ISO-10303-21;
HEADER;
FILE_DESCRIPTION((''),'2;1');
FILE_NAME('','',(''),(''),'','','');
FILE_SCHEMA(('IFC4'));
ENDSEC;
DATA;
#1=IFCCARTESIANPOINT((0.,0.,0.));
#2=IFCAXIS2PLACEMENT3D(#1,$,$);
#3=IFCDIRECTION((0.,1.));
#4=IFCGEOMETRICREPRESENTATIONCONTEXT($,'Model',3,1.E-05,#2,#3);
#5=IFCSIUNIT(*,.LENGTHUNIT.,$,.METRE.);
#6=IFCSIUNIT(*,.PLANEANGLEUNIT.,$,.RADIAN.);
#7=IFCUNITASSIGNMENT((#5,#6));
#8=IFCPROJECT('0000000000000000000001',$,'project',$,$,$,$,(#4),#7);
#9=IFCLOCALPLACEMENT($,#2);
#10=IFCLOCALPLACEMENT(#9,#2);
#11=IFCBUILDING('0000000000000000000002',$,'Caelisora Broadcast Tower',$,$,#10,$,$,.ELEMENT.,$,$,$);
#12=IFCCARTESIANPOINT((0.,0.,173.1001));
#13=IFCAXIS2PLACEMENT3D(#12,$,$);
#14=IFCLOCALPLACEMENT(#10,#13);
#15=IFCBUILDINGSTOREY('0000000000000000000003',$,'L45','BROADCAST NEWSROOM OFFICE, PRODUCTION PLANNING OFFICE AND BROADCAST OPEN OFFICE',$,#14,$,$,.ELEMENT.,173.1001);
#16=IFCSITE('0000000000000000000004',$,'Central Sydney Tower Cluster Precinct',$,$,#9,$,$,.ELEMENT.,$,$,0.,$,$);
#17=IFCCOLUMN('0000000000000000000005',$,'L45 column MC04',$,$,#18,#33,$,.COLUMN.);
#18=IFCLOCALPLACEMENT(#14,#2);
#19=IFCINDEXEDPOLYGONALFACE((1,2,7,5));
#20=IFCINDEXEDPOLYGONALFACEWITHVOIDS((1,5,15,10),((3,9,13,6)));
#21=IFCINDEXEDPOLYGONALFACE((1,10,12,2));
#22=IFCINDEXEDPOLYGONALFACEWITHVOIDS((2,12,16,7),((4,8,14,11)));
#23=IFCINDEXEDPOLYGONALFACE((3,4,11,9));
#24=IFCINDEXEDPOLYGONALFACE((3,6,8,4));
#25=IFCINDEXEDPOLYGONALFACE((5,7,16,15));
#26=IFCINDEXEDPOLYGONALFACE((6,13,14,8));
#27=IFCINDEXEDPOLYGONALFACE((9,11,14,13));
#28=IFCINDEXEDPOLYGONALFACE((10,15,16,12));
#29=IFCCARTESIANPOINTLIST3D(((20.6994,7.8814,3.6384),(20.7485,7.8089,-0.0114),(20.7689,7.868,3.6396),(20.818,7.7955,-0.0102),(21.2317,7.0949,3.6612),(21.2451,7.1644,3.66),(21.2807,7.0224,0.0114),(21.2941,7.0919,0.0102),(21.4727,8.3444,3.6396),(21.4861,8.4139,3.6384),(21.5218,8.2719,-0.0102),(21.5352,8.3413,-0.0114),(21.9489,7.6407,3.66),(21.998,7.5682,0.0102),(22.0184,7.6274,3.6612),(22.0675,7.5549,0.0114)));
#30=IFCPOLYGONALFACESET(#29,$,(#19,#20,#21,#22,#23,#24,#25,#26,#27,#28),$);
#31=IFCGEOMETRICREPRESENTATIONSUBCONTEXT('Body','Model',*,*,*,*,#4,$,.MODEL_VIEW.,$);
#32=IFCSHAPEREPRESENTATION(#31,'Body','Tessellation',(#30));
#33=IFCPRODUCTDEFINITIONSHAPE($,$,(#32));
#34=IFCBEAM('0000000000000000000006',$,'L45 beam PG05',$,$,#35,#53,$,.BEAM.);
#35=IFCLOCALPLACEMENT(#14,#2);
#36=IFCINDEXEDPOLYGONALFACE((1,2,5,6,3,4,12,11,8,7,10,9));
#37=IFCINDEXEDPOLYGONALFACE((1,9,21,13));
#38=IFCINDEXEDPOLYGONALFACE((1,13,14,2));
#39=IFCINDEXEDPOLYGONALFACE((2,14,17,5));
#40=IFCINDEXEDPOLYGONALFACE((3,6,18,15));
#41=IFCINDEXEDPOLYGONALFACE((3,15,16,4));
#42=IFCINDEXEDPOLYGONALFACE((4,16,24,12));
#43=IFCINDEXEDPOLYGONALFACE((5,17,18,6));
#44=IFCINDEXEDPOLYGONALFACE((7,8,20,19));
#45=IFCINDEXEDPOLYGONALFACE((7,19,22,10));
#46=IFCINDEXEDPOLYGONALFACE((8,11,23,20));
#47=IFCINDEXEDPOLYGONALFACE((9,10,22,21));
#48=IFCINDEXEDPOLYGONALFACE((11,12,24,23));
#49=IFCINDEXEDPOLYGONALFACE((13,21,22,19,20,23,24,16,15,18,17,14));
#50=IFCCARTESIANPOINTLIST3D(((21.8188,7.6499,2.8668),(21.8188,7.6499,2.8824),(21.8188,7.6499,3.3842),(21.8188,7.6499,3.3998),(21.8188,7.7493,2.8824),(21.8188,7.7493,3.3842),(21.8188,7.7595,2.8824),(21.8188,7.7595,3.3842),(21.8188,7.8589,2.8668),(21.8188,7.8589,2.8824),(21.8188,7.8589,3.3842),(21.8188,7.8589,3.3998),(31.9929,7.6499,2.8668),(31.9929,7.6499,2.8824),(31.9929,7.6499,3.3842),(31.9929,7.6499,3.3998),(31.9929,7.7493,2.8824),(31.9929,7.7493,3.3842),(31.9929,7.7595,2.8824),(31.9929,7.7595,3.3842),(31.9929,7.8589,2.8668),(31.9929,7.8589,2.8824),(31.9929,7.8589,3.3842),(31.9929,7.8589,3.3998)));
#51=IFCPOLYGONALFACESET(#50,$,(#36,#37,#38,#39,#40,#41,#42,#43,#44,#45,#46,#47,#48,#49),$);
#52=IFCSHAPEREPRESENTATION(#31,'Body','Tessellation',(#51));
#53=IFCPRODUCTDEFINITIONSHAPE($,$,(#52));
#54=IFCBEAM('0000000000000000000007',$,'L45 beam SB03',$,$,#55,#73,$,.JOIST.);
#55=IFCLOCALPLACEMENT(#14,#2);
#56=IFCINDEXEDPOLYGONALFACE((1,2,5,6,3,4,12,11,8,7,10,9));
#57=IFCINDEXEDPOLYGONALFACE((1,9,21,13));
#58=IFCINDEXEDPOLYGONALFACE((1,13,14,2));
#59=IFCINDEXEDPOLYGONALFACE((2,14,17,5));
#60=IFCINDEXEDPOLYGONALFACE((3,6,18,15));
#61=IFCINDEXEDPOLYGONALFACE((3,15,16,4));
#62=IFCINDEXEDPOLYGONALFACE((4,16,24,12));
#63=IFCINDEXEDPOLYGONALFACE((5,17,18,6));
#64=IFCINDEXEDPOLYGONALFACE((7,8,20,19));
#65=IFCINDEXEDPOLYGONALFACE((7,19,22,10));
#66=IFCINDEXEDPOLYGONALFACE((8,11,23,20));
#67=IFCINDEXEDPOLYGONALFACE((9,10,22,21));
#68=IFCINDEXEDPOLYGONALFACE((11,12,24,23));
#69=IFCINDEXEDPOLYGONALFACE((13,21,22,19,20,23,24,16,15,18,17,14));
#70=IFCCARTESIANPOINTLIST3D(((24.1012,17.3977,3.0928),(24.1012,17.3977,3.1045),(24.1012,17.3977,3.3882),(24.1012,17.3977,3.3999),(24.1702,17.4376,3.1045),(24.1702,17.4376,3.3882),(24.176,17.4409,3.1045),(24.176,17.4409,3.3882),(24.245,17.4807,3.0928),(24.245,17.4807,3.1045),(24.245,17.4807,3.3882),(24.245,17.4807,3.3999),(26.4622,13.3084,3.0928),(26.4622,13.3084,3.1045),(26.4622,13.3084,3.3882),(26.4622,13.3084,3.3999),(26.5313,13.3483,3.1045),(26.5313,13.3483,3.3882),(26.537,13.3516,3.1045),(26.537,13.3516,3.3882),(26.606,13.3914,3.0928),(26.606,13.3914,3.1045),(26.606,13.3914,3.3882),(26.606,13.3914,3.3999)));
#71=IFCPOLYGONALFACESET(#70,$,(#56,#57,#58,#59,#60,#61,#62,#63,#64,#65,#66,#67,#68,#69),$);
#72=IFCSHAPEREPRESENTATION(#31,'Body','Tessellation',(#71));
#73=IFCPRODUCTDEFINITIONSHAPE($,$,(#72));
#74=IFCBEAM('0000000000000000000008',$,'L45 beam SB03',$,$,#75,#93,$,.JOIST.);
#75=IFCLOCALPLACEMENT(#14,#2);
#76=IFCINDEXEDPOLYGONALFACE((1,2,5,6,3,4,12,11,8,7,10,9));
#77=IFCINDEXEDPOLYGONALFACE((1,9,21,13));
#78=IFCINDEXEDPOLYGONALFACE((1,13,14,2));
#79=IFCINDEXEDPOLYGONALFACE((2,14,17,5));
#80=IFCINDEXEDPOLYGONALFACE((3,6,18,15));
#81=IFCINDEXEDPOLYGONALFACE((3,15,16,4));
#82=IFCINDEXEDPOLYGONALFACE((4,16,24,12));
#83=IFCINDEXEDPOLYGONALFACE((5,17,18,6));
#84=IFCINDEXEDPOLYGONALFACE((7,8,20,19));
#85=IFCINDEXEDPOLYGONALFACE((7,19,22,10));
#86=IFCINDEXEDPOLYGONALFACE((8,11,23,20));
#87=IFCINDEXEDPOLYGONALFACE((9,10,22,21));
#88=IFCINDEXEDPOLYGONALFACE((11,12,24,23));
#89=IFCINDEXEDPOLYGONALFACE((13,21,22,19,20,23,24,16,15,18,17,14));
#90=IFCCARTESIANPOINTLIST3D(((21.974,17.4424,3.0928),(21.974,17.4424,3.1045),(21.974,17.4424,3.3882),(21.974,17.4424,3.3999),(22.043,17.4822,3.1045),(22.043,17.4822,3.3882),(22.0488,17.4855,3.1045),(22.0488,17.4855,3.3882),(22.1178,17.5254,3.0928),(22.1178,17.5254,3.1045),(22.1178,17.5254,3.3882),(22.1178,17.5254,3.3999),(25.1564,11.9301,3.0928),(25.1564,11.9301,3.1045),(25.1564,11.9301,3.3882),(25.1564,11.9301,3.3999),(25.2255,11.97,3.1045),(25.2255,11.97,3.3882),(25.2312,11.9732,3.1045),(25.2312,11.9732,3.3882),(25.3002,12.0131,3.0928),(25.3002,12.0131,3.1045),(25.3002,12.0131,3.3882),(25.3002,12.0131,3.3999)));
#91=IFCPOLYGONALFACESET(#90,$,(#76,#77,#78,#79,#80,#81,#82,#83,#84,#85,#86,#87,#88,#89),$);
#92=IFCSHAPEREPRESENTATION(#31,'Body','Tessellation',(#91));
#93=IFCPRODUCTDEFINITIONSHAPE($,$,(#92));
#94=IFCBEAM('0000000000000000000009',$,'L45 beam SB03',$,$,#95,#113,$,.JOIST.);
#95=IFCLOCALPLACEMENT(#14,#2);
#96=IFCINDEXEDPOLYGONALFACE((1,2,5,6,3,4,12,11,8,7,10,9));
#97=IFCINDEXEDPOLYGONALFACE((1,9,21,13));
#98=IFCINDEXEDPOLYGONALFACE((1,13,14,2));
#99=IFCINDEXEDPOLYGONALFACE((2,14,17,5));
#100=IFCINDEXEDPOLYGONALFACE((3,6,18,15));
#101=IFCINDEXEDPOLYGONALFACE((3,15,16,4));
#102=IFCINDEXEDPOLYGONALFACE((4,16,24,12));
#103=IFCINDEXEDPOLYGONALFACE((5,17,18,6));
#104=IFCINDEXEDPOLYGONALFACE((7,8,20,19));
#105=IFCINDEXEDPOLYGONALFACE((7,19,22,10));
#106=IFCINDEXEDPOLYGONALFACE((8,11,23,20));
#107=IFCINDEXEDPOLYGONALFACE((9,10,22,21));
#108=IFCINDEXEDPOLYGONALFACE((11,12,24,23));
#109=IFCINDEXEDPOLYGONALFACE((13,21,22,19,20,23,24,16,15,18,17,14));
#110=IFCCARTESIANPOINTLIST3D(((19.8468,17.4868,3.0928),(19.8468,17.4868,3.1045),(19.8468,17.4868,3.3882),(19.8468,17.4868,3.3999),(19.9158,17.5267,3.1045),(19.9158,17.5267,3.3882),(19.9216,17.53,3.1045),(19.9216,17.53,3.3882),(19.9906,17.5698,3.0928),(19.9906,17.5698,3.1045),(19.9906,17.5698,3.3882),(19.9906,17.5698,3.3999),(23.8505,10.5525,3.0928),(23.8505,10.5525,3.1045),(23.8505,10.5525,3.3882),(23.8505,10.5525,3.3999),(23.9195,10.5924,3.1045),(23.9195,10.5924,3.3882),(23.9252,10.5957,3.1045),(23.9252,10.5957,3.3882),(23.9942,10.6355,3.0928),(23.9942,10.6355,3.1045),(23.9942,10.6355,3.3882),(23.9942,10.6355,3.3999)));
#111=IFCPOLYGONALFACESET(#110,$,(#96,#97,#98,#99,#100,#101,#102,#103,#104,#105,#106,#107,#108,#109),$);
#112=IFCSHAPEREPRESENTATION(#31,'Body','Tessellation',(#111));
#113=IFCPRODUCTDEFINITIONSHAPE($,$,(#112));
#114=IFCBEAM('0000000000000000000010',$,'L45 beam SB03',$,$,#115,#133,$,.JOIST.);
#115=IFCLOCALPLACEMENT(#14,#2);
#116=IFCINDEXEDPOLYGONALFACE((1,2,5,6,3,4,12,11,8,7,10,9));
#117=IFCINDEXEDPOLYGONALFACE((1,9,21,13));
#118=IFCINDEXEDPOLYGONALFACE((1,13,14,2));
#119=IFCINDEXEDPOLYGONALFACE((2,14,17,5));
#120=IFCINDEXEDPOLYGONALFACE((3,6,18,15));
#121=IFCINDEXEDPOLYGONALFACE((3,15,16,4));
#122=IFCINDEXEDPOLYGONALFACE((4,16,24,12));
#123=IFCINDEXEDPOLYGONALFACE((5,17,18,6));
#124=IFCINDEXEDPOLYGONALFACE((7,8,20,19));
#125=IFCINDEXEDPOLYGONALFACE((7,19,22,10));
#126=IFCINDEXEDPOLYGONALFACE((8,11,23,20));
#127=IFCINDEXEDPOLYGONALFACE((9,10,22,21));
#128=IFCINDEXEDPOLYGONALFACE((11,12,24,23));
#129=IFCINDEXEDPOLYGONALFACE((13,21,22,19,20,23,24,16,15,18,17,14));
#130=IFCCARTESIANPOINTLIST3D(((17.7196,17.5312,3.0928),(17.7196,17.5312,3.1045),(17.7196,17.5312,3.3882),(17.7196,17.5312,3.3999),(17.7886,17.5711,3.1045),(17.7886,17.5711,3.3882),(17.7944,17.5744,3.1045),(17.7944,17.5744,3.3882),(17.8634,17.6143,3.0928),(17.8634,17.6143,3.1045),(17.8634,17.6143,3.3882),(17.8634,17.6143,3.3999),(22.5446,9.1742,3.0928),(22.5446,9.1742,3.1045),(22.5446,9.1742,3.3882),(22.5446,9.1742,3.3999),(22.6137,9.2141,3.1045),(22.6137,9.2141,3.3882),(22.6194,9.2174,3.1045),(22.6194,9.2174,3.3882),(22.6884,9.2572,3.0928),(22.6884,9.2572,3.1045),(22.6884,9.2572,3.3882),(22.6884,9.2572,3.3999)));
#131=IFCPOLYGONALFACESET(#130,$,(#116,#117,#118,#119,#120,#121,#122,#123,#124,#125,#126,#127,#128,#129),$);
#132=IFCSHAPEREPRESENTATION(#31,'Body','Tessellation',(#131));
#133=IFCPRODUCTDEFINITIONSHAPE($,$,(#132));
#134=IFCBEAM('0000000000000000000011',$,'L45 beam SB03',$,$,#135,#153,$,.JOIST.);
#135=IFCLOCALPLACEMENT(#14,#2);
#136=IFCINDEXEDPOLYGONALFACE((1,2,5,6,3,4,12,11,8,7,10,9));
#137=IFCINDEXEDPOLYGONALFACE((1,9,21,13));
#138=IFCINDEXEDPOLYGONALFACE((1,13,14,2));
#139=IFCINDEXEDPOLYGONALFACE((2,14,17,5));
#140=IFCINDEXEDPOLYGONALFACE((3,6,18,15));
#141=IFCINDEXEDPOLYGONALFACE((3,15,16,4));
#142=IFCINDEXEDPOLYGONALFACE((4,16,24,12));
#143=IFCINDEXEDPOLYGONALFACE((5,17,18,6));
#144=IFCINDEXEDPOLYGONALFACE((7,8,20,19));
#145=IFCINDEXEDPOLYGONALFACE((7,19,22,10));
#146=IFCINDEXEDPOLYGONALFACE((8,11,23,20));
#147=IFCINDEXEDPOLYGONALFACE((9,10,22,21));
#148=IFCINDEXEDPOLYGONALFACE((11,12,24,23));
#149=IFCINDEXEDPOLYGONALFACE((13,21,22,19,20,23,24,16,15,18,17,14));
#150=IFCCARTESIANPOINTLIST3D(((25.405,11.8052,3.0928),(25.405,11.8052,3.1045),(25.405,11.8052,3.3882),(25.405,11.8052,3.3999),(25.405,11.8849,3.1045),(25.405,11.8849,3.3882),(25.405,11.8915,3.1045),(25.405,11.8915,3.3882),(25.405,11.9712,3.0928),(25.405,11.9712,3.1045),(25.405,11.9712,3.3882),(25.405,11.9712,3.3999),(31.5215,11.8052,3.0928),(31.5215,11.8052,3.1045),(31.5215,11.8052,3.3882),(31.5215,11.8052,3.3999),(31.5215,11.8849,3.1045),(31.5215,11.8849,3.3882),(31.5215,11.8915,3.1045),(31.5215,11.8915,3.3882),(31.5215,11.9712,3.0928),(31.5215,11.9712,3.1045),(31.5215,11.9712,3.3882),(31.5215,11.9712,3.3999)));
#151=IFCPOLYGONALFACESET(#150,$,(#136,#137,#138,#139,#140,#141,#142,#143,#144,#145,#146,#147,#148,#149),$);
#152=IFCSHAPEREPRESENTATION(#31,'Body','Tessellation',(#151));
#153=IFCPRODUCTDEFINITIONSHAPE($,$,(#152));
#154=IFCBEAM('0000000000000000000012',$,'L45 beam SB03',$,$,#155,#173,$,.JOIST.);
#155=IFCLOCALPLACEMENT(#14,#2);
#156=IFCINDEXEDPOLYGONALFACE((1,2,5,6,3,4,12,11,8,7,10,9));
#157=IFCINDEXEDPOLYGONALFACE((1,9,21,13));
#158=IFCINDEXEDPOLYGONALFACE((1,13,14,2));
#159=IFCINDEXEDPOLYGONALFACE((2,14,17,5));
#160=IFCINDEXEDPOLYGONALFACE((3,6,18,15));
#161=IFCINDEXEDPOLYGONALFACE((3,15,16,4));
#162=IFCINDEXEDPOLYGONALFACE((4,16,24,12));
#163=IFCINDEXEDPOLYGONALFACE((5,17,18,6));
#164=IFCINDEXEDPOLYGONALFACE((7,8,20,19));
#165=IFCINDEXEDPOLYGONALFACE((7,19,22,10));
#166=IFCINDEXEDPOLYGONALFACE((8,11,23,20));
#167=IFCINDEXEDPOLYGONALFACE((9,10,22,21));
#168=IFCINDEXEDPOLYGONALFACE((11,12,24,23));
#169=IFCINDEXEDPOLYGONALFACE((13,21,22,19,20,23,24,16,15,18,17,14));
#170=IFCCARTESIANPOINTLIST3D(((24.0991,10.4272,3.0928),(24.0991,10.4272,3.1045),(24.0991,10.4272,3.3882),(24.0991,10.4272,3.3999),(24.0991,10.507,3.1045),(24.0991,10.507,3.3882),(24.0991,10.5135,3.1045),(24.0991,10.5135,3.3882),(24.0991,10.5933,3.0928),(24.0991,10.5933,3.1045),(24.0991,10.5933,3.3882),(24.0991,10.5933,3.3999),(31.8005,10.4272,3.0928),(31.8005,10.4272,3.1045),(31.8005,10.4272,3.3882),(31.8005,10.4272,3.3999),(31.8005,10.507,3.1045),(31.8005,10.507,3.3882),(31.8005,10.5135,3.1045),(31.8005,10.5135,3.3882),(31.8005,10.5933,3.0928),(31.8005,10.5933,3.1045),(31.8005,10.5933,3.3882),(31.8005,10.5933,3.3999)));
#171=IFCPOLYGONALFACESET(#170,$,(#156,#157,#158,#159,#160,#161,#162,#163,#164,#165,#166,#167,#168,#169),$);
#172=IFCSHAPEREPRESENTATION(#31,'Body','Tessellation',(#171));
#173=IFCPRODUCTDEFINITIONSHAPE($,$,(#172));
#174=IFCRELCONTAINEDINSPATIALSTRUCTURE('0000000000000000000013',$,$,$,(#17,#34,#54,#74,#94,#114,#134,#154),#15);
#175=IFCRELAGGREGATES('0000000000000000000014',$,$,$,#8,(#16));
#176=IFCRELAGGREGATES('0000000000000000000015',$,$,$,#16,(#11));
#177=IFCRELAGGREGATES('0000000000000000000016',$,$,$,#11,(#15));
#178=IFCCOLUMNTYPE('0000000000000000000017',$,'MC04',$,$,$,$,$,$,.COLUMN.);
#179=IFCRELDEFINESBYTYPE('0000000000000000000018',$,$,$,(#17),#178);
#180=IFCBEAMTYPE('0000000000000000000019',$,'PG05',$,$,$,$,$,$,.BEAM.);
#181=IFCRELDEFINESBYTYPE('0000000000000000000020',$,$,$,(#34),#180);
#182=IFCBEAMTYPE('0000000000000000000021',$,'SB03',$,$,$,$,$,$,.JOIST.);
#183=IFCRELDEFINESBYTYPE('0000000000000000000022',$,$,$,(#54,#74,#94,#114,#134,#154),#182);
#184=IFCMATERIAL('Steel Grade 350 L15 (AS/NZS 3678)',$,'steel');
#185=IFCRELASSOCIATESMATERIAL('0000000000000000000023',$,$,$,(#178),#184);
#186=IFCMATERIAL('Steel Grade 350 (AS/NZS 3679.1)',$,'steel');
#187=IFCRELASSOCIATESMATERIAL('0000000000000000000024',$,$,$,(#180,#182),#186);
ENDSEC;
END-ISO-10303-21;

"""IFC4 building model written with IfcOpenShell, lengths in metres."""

from ifc_helpers import new_model, si_unit, direction, frame, origin, origin_2d, place, context, subcontext, project, spatial, hollow_rectangle, i_section, extrude, source, transform, mapped, material, material_profile, profile_set, type_object, type_shapes, element, save


model = new_model("IFC4")

# Units and contexts
model_context = context("Model", 3, precision=1e-05, world=origin(), true_north=direction((0.0, 1.0)))
body_context = subcontext(model_context, "Body", "Model", "MODEL_VIEW")
ifc_project = project(units=[si_unit("LENGTHUNIT", "METRE"), si_unit("PLANEANGLEUNIT", "RADIAN")], contexts=[model_context])

# Site, building, storey
site_placement = place(None, origin())
site = spatial("IfcSite", under=ifc_project, at=site_placement, Name="Central Sydney Tower Cluster Precinct", CompositionType="ELEMENT", RefElevation=0.0)
building_placement = place(site_placement, origin())
building = spatial("IfcBuilding", under=site, at=building_placement, Name="Caelisora Broadcast Tower", CompositionType="ELEMENT")
storey_placement = place(building_placement, frame((0.0, 0.0, 173.1001)))
storey = spatial("IfcBuildingStorey", under=building, at=storey_placement, Name="L45", Description="BROADCAST NEWSROOM OFFICE, PRODUCTION PLANNING OFFICE AND BROADCAST OPEN OFFICE", CompositionType="ELEMENT", Elevation=173.1001)

# Column
ifc_material_1 = material(Name="Steel Grade 350 L15 (AS/NZS 3678)", Category="steel")
ifc_material_profile_1 = material_profile(ifc_material_1, hollow_rectangle(XDim=0.95, YDim=0.95, WallThickness=0.05, at=origin_2d()), Name="Steel Grade 350 L15 (AS/NZS 3678)")
ifc_profile_set_1 = profile_set([ifc_material_profile_1], Name="Steel Grade 350 L15 (AS/NZS 3678)")
column_type = type_object("IfcColumnType", Name="MC04", PredefinedType="COLUMN", material=ifc_profile_set_1)
shared_shape_1 = source(origin(), body_context, "Body", "SweptSolid", [
    extrude(hollow_rectangle(XDim=0.95, YDim=0.95, WallThickness=0.05, at=origin_2d()), origin(), (0.0, 0.0, 1.0), 3.6509),
])
type_shapes(column_type, [shared_shape_1])
column_placement = place(storey_placement, frame((21.408, 7.6819, 0.0), z_axis=(-0.013441, 0.019861, 0.999712), x_axis=(-0.828169, -0.560478, 0.0)))
element("IfcColumn", 1, at=column_placement, inside=storey, type_object=column_type, Name="L45 column MC04", PredefinedType="COLUMN", context=body_context, shape_type="MappedRepresentation", body=[
    mapped(shared_shape_1, transform((0.0, 0.0, 0.0), scale=1.0)),
])

# Beams
ifc_material_2 = material(Name="Steel Grade 350 (AS/NZS 3679.1)", Category="steel")
ifc_material_profile_2 = material_profile(ifc_material_2, i_section(OverallWidth=0.209, OverallDepth=0.533, WebThickness=0.0103, FlangeThickness=0.0156, at=origin_2d()), Name="Steel Grade 350 (AS/NZS 3679.1)")
ifc_profile_set_2 = profile_set([ifc_material_profile_2], Name="Steel Grade 350 (AS/NZS 3679.1)")
beam_type_1 = type_object("IfcBeamType", Name="PG05", PredefinedType="BEAM", material=ifc_profile_set_2)
shared_shape_2 = source(origin(), body_context, "Body", "SweptSolid", [
    extrude(i_section(OverallWidth=0.209, OverallDepth=0.533, WebThickness=0.0103, FlangeThickness=0.0156, at=origin_2d()), origin(), (0.0, 0.0, 1.0), 10.1741),
])
type_shapes(beam_type_1, [shared_shape_2])
beam_1_placement = place(storey_placement, frame((21.8188, 7.7544, 3.1333), z_axis=(1.0, 0.0, 0.0), x_axis=(0.0, 1.0, 0.0)))
element("IfcBeam", 2, at=beam_1_placement, inside=storey, type_object=beam_type_1, Name="L45 beam PG05", PredefinedType="BEAM", context=body_context, shape_type="MappedRepresentation", body=[
    mapped(shared_shape_2, transform((0.0, 0.0, 0.0), scale=1.0)),
])
ifc_material_profile_3 = material_profile(ifc_material_2, i_section(OverallWidth=0.166, OverallDepth=0.3071, WebThickness=0.0066, FlangeThickness=0.0117, at=origin_2d()), Name="Steel Grade 350 (AS/NZS 3679.1)")
ifc_profile_set_3 = profile_set([ifc_material_profile_3], Name="Steel Grade 350 (AS/NZS 3679.1)")
beam_type_2 = type_object("IfcBeamType", Name="SB03", PredefinedType="JOIST", material=ifc_profile_set_3)
shared_shape_3 = source(origin(), body_context, "Body", "SweptSolid", [
    extrude(i_section(OverallWidth=0.166, OverallDepth=0.3071, WebThickness=0.0066, FlangeThickness=0.0117, at=origin_2d()), origin(), (0.0, 0.0, 1.0), 4.7219),
])
beam_2_placement = place(storey_placement, frame((24.1731, 17.4392, 3.2463), z_axis=(0.500015, -0.866017, 0.0), x_axis=(0.866017, 0.500015, 0.0)))
element("IfcBeam", 3, at=beam_2_placement, inside=storey, type_object=beam_type_2, Name="L45 beam SB03", PredefinedType="JOIST", context=body_context, shape_type="MappedRepresentation", body=[
    mapped(shared_shape_3, transform((0.0, 0.0, 0.0), scale=1.0)),
])
shared_shape_4 = source(origin(), body_context, "Body", "SweptSolid", [
    extrude(i_section(OverallWidth=0.166, OverallDepth=0.3071, WebThickness=0.0066, FlangeThickness=0.0117, at=origin_2d()), origin(), (0.0, 0.0, 1.0), 6.365),
])
beam_3_placement = place(storey_placement, frame((22.0459, 17.4839, 3.2463), z_axis=(0.499988, -0.866032, 0.0), x_axis=(0.866032, 0.499988, 0.0)))
element("IfcBeam", 4, at=beam_3_placement, inside=storey, type_object=beam_type_2, Name="L45 beam SB03", PredefinedType="JOIST", context=body_context, shape_type="MappedRepresentation", body=[
    mapped(shared_shape_4, transform((0.0, 0.0, 0.0), scale=1.0)),
])
shared_shape_5 = source(origin(), body_context, "Body", "SweptSolid", [
    extrude(i_section(OverallWidth=0.166, OverallDepth=0.3071, WebThickness=0.0066, FlangeThickness=0.0117, at=origin_2d()), origin(), (0.0, 0.0, 1.0), 8.0071),
])
beam_4_placement = place(storey_placement, frame((19.9187, 17.5283, 3.2463), z_axis=(0.500012, -0.866019, 0.0), x_axis=(0.866019, 0.500012, 0.0)))
element("IfcBeam", 5, at=beam_4_placement, inside=storey, type_object=beam_type_2, Name="L45 beam SB03", PredefinedType="JOIST", context=body_context, shape_type="MappedRepresentation", body=[
    mapped(shared_shape_5, transform((0.0, 0.0, 0.0), scale=1.0)),
])
shared_shape_6 = source(origin(), body_context, "Body", "SweptSolid", [
    extrude(i_section(OverallWidth=0.166, OverallDepth=0.3071, WebThickness=0.0066, FlangeThickness=0.0117, at=origin_2d()), origin(), (0.0, 0.0, 1.0), 9.6499),
])
beam_5_placement = place(storey_placement, frame((17.7915, 17.5728, 3.2463), z_axis=(0.500006, -0.866022, 0.0), x_axis=(0.866022, 0.500006, 0.0)))
element("IfcBeam", 6, at=beam_5_placement, inside=storey, type_object=beam_type_2, Name="L45 beam SB03", PredefinedType="JOIST", context=body_context, shape_type="MappedRepresentation", body=[
    mapped(shared_shape_6, transform((0.0, 0.0, 0.0), scale=1.0)),
])
shared_shape_7 = source(origin(), body_context, "Body", "SweptSolid", [
    extrude(i_section(OverallWidth=0.166, OverallDepth=0.3071, WebThickness=0.0066, FlangeThickness=0.0117, at=origin_2d()), origin(), (0.0, 0.0, 1.0), 6.1165),
])
beam_6_placement = place(storey_placement, frame((25.405, 11.8882, 3.2463), z_axis=(1.0, 0.0, 0.0), x_axis=(0.0, 1.0, 0.0)))
element("IfcBeam", 7, at=beam_6_placement, inside=storey, type_object=beam_type_2, Name="L45 beam SB03", PredefinedType="JOIST", context=body_context, shape_type="MappedRepresentation", body=[
    mapped(shared_shape_7, transform((0.0, 0.0, 0.0), scale=1.0)),
])
shared_shape_8 = source(origin(), body_context, "Body", "SweptSolid", [
    extrude(i_section(OverallWidth=0.166, OverallDepth=0.3071, WebThickness=0.0066, FlangeThickness=0.0117, at=origin_2d()), origin(), (0.0, 0.0, 1.0), 7.7014),
])
beam_7_placement = place(storey_placement, frame((24.0991, 10.5103, 3.2463), z_axis=(1.0, 0.0, 0.0), x_axis=(0.0, 1.0, 0.0)))
element("IfcBeam", 8, at=beam_7_placement, inside=storey, type_object=beam_type_2, Name="L45 beam SB03", PredefinedType="JOIST", context=body_context, shape_type="MappedRepresentation", body=[
    mapped(shared_shape_8, transform((0.0, 0.0, 0.0), scale=1.0)),
])

save(model, "model.ifc")
